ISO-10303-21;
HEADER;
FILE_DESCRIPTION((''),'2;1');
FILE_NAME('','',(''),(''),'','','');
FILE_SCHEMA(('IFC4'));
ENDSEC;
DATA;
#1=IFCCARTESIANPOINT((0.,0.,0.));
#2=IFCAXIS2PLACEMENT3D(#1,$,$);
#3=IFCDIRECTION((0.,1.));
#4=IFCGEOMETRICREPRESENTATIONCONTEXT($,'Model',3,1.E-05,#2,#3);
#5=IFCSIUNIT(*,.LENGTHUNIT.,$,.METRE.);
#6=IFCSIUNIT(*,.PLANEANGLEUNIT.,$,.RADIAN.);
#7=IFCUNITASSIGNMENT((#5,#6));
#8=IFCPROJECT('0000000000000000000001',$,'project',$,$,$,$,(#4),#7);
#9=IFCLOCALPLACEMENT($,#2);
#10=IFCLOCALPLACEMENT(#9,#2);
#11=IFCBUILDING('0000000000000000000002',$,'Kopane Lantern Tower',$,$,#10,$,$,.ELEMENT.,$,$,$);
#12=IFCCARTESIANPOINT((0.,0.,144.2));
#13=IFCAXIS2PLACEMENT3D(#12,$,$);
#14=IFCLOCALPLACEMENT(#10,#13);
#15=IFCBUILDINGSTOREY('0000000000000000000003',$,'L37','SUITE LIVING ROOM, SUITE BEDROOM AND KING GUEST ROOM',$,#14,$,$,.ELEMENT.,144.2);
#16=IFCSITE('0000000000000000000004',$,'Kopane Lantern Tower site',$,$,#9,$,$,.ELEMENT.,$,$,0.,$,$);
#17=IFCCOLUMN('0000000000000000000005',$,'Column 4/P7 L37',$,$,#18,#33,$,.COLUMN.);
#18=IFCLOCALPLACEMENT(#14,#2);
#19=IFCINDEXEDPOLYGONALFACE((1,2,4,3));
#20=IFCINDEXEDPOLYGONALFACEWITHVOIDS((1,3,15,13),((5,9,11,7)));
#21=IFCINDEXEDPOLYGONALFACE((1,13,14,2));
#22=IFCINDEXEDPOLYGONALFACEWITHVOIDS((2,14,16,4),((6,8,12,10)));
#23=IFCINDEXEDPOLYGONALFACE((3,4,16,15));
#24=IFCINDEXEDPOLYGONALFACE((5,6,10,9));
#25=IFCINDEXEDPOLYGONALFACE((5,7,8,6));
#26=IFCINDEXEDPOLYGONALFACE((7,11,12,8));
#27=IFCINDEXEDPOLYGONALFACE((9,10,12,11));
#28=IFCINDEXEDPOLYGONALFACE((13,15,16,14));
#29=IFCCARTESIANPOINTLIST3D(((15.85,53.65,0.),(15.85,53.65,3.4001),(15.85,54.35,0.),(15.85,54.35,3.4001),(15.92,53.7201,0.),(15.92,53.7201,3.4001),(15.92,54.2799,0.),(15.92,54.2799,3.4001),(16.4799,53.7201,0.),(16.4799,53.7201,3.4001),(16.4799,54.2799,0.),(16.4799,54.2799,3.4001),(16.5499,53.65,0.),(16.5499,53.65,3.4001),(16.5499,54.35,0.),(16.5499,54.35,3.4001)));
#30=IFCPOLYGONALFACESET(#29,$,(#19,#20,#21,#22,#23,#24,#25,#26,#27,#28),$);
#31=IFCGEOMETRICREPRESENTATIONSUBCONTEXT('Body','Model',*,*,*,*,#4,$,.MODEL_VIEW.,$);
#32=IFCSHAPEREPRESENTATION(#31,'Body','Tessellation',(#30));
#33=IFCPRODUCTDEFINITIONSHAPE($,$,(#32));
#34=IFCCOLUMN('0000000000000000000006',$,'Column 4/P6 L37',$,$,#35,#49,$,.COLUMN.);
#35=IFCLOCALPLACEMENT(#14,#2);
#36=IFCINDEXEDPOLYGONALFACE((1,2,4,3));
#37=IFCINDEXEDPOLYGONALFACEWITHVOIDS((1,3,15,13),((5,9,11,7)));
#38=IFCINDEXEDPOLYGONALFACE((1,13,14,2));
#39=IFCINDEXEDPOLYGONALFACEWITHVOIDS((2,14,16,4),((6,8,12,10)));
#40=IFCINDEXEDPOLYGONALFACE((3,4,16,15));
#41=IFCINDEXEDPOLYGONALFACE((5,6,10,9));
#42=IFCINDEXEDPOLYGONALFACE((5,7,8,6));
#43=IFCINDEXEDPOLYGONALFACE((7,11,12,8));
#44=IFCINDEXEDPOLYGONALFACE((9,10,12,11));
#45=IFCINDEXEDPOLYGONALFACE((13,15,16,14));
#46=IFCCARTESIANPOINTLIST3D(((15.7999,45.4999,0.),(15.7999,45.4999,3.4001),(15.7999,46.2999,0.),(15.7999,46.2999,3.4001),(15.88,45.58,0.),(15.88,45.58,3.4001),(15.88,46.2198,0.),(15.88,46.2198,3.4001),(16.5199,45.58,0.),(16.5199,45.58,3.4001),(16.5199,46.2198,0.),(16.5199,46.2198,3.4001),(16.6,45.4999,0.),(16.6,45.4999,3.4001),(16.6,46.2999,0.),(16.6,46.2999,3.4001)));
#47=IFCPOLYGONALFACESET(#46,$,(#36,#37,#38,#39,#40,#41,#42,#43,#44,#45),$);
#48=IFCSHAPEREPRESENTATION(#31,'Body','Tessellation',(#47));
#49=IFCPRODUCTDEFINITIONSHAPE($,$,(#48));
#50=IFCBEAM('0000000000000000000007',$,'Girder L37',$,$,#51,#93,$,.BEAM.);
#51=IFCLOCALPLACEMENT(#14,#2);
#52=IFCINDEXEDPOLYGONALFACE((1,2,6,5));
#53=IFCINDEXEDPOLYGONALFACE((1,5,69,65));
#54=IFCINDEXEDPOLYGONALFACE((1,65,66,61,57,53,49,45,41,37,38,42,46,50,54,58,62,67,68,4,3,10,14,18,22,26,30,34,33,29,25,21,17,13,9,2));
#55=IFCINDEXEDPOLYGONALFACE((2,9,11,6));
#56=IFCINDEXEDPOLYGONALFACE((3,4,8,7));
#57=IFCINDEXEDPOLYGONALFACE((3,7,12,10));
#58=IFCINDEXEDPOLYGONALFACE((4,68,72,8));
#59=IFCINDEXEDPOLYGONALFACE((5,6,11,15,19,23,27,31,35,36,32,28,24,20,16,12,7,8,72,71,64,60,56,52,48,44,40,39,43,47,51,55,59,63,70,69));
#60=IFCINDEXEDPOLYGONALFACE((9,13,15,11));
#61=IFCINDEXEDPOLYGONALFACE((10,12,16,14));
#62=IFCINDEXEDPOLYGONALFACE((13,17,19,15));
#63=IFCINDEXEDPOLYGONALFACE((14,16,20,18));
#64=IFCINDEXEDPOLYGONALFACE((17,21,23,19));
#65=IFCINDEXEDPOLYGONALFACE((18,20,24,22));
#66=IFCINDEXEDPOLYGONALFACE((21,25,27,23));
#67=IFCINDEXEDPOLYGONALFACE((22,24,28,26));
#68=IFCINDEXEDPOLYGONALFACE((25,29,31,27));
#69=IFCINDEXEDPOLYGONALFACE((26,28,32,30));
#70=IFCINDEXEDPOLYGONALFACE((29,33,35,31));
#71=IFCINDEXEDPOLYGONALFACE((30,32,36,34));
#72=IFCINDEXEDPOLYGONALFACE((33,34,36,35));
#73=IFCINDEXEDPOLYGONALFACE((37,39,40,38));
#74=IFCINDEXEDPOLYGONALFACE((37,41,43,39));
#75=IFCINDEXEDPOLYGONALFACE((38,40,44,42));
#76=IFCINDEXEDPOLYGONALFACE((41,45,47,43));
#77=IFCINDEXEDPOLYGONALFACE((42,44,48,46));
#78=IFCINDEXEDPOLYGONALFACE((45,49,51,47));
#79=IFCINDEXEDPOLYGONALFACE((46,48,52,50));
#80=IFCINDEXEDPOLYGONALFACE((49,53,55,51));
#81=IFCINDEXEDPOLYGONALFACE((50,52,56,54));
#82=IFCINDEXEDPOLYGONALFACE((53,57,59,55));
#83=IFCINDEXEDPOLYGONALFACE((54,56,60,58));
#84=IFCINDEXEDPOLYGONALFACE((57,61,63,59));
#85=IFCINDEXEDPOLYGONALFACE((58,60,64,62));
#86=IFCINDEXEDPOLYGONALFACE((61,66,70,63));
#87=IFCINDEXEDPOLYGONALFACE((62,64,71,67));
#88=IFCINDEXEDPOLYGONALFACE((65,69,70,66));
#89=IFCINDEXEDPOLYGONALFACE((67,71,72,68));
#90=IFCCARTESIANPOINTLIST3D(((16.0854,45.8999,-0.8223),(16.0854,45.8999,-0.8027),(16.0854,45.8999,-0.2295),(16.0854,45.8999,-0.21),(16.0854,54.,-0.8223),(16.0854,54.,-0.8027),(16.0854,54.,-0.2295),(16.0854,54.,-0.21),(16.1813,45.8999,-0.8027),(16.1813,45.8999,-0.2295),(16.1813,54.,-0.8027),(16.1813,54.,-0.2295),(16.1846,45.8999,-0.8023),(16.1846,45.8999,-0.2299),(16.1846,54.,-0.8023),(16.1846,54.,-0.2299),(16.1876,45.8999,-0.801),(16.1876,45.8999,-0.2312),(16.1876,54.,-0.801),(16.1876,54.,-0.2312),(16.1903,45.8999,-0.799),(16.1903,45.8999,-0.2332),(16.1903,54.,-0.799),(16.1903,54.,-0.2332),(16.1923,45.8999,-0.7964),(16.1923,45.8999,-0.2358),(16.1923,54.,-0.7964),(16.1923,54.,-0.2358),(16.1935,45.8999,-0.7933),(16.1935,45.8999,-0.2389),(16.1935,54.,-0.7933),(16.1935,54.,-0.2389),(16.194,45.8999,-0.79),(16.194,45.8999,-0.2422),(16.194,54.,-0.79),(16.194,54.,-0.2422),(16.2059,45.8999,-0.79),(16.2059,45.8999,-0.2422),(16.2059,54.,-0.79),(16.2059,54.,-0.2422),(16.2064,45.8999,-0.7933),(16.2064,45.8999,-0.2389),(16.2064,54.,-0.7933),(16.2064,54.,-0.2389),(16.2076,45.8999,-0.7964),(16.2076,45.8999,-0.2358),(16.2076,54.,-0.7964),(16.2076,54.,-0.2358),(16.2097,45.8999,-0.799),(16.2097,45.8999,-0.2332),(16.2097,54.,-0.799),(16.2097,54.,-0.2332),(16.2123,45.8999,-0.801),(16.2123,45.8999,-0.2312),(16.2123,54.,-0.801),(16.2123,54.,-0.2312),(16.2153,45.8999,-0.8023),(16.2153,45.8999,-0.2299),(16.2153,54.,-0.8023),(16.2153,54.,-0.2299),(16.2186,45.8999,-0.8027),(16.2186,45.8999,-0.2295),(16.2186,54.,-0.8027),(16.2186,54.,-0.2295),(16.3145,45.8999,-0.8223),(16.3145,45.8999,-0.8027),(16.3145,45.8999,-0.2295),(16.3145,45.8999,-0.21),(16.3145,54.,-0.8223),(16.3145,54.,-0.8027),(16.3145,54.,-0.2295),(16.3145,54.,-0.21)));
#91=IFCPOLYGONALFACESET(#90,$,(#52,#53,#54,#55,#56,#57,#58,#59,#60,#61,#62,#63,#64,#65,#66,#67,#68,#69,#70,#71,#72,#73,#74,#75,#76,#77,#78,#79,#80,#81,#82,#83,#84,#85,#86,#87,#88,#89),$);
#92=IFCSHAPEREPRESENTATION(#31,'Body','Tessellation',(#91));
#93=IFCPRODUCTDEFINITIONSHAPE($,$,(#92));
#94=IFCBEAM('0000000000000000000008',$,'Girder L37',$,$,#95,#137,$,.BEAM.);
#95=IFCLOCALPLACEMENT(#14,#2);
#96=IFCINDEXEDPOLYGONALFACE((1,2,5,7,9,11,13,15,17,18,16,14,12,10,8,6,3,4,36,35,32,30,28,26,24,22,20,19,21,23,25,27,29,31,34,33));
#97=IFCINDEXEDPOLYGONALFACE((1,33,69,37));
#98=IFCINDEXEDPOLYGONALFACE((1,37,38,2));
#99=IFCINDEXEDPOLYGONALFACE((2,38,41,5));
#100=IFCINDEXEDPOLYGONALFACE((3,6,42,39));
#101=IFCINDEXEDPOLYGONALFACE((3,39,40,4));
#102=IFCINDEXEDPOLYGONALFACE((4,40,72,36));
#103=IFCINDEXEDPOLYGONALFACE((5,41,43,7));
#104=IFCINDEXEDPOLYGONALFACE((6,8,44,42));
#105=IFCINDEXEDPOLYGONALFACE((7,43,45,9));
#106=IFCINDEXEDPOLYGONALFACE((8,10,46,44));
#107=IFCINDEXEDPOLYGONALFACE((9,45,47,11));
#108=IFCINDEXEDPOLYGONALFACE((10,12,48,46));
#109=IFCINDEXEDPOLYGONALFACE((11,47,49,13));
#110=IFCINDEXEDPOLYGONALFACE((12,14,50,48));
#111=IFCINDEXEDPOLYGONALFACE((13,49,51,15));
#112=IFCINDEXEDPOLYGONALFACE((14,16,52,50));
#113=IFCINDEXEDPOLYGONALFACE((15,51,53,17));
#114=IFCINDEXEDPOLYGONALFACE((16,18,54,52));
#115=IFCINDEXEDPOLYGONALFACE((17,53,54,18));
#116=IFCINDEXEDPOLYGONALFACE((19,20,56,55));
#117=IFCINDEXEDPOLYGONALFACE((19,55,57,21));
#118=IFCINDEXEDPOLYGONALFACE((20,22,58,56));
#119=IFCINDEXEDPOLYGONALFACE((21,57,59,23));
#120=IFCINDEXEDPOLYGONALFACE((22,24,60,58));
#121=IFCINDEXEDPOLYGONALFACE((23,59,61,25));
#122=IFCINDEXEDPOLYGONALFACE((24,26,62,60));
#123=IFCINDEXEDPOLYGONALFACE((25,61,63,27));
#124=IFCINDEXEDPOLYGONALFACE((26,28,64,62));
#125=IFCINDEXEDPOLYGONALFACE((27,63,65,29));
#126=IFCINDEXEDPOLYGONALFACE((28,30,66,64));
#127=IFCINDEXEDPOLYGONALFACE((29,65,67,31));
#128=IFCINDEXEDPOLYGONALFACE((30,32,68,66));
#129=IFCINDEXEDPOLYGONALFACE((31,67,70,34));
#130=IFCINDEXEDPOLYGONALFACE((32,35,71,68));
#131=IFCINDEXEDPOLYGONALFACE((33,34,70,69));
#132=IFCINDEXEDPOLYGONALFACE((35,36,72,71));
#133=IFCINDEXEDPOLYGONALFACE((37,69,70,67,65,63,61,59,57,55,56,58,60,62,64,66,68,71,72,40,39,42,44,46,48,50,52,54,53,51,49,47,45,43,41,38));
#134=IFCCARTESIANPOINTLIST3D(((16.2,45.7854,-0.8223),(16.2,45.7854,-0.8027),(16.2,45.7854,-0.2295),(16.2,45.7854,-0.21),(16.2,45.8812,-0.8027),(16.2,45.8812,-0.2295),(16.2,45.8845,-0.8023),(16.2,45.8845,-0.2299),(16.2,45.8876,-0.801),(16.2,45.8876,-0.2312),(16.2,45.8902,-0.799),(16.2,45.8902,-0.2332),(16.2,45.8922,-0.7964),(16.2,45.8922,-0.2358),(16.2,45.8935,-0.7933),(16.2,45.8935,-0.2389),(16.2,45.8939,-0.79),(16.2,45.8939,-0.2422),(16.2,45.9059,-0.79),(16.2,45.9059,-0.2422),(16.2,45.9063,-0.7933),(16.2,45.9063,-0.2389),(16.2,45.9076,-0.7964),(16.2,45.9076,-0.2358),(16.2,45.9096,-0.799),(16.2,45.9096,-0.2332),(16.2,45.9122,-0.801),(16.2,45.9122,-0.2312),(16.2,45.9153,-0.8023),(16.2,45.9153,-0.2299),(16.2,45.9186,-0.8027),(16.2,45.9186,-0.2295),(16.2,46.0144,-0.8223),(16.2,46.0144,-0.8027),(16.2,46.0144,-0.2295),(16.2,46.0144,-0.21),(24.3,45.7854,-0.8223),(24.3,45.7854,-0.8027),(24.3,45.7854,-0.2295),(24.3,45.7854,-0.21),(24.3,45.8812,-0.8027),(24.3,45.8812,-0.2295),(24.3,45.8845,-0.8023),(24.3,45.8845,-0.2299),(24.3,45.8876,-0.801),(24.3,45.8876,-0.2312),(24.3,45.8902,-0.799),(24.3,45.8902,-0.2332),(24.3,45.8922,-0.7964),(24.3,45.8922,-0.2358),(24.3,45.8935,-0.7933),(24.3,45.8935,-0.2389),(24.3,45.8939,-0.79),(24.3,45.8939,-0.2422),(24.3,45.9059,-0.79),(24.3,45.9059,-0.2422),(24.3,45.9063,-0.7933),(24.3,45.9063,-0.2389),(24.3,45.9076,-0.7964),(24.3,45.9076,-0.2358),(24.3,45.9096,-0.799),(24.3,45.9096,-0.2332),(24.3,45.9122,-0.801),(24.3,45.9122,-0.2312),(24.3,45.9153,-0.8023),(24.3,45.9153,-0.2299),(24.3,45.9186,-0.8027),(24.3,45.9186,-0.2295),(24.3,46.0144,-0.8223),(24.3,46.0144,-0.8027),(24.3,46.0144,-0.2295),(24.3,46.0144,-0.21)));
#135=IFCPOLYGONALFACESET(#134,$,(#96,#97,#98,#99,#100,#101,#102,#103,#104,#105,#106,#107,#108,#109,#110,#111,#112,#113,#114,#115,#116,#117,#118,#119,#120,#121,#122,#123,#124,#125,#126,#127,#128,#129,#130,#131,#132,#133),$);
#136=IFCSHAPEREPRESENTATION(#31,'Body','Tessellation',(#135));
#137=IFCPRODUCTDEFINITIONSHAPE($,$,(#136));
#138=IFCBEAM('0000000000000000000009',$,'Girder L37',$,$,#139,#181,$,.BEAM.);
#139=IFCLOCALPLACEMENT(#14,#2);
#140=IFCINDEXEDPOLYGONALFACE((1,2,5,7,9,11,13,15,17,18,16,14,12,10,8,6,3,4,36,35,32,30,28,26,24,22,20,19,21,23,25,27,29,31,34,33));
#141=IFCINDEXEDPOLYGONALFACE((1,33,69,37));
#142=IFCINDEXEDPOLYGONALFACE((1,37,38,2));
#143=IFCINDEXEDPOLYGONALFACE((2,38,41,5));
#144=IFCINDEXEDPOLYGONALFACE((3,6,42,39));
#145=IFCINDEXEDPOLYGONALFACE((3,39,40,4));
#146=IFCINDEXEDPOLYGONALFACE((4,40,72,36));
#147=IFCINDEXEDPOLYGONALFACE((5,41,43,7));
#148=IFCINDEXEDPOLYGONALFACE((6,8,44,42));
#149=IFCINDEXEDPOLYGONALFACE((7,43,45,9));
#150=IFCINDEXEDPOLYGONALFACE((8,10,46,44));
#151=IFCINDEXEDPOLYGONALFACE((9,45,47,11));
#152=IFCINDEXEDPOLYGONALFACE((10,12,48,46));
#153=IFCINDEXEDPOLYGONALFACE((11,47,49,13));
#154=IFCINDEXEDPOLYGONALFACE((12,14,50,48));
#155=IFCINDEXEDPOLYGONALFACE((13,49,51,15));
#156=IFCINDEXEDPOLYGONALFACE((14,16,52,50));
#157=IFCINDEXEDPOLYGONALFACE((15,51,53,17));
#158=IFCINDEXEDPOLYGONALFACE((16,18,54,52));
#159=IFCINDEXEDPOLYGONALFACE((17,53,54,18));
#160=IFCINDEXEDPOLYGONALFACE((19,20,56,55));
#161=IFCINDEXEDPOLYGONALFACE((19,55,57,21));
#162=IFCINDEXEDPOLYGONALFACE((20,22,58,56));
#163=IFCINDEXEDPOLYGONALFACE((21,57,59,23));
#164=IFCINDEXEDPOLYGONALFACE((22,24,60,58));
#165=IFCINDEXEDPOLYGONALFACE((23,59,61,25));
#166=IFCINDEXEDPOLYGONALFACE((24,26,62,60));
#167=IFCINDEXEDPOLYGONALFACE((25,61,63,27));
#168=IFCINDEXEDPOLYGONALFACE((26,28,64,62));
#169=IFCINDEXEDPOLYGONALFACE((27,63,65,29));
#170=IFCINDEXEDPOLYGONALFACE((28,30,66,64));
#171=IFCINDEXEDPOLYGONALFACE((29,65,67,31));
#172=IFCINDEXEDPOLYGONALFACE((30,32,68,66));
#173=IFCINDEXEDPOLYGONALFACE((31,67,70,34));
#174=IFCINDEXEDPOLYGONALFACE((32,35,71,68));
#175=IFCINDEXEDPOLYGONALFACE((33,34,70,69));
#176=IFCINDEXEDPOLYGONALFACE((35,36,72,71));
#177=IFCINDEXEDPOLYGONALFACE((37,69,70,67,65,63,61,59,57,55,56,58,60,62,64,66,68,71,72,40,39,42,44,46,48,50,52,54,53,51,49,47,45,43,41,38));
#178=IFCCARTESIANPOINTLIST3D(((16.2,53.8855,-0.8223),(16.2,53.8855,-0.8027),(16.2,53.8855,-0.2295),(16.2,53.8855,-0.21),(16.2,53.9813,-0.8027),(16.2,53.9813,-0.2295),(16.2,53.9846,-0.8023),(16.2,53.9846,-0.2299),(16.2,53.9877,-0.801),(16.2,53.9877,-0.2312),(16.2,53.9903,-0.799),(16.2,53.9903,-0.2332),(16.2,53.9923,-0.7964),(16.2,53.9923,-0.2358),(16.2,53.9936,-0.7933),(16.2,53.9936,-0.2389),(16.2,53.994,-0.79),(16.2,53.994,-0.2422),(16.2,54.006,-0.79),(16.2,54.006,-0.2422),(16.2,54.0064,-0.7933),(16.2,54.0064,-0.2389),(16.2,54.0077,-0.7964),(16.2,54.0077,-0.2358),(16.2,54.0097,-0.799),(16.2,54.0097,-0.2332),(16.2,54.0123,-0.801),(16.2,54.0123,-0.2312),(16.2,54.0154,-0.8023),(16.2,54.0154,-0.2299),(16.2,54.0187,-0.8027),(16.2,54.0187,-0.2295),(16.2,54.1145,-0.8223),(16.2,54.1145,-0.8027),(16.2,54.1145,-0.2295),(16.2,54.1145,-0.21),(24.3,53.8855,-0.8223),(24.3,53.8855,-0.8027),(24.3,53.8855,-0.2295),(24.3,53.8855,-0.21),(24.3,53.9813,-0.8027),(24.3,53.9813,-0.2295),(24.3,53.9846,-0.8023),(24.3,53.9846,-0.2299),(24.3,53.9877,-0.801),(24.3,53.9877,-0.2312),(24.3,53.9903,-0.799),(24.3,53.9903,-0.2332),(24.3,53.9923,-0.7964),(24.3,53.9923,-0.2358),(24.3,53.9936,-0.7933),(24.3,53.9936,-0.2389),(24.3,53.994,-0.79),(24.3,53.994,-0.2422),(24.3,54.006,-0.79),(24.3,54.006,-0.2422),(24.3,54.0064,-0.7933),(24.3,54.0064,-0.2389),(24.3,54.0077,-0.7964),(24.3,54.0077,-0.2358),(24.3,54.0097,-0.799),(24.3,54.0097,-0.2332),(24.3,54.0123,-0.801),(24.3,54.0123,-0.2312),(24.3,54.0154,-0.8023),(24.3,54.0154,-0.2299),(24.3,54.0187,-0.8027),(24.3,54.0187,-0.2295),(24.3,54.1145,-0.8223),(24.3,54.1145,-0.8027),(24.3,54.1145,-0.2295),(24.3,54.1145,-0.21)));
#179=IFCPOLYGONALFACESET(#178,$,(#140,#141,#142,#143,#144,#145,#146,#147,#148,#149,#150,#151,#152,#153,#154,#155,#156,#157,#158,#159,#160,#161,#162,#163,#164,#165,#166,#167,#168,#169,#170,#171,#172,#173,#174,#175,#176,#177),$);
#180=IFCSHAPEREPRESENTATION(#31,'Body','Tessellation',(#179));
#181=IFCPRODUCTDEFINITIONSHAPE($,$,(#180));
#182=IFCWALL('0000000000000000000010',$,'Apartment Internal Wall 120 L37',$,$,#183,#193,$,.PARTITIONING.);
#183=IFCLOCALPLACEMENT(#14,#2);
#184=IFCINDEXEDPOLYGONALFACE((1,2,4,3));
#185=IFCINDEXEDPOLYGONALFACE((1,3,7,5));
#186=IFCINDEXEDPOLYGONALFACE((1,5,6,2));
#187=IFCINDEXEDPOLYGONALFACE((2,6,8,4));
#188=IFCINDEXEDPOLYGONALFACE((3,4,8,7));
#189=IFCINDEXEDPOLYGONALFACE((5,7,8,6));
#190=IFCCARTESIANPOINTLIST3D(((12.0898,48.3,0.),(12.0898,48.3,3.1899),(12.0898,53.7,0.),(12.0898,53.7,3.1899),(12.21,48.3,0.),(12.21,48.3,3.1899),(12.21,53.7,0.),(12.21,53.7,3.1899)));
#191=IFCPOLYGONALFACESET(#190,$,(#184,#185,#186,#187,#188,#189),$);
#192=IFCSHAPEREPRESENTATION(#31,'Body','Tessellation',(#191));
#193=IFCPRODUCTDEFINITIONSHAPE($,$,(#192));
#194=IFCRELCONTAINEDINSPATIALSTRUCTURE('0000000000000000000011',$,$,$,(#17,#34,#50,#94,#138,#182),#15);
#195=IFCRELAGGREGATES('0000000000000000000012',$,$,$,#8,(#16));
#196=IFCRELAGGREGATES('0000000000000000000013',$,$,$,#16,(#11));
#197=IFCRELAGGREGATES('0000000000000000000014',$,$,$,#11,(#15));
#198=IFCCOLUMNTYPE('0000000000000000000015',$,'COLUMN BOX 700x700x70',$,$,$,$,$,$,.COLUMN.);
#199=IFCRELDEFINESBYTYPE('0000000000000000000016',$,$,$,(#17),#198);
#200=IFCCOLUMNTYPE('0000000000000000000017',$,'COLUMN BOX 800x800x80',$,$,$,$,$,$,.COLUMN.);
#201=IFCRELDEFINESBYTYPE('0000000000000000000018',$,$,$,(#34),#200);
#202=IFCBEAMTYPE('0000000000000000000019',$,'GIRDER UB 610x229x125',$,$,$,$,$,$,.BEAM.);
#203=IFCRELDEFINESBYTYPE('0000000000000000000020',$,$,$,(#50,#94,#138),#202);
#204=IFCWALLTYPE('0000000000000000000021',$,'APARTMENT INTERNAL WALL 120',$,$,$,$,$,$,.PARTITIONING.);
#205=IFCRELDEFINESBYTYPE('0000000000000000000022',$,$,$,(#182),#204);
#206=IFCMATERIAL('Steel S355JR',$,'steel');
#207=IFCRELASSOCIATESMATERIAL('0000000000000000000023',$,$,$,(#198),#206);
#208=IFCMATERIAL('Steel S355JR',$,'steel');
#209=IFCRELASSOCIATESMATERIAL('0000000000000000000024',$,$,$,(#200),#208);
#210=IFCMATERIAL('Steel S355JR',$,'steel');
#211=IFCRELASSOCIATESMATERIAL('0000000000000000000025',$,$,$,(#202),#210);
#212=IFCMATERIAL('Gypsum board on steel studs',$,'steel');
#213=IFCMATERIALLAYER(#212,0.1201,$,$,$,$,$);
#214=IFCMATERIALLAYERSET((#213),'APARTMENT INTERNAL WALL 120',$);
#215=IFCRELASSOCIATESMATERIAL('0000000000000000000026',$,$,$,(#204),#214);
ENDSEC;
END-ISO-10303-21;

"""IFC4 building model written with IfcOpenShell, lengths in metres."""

from ifc_helpers import new_model, si_unit, direction, frame, frame_2d, origin, origin_2d, place, context, subcontext, project, spatial, rectangle, hollow_rectangle, i_section, extrude, material, layer, layer_set, material_profile, profile_set, type_object, element, save


model = new_model("IFC4")

# Units and contexts
model_context = context("Model", 3, precision=1e-05, world=origin(), true_north=direction((0.0, 1.0)))
body_context = subcontext(model_context, "Body", "Model", "MODEL_VIEW")
ifc_project = project(units=[si_unit("LENGTHUNIT", "METRE"), si_unit("PLANEANGLEUNIT", "RADIAN")], contexts=[model_context])

# Site, building, storey
site_placement = place(None, origin())
site = spatial("IfcSite", under=ifc_project, at=site_placement, Name="Kopane Lantern Tower site", CompositionType="ELEMENT", RefElevation=0.0)
building_placement = place(site_placement, origin())
building = spatial("IfcBuilding", under=site, at=building_placement, Name="Kopane Lantern Tower", CompositionType="ELEMENT")
storey_placement = place(building_placement, frame((0.0, 0.0, 144.2)))
storey = spatial("IfcBuildingStorey", under=building, at=storey_placement, Name="L37", Description="SUITE LIVING ROOM, SUITE BEDROOM AND KING GUEST ROOM", CompositionType="ELEMENT", Elevation=144.2)

# Columns
ifc_material_1 = material(Name="Steel S355JR", Category="steel")
ifc_material_profile_1 = material_profile(ifc_material_1, hollow_rectangle(XDim=0.7, YDim=0.7, WallThickness=0.0701, at=origin_2d()), Name="BOX 700x700x70")
ifc_profile_set_1 = profile_set([ifc_material_profile_1], Name="Steel S355JR")
column_type_1 = type_object("IfcColumnType", Name="COLUMN BOX 700x700x70", PredefinedType="COLUMN", material=ifc_profile_set_1)
column_1_placement = place(storey_placement, frame((16.2, 54.0, 0.0), z_axis=(0.0, 0.0, 1.0), x_axis=(1.0, 0.0, 0.0)))
element("IfcColumn", 1, at=column_1_placement, inside=storey, type_object=column_type_1, Name="Column 4/P7 L37", PredefinedType="COLUMN", context=body_context, shape_type="SweptSolid", body=[
    extrude(hollow_rectangle(XDim=0.7, YDim=0.7, WallThickness=0.0701, at=origin_2d()), origin(), (0.0, 0.0, 1.0), 3.4001),
])
ifc_material_2 = material(Name="Steel S355JR", Category="steel")
ifc_material_profile_2 = material_profile(ifc_material_2, hollow_rectangle(XDim=0.8, YDim=0.8, WallThickness=0.0801, at=origin_2d()), Name="BOX 800x800x80")
ifc_profile_set_2 = profile_set([ifc_material_profile_2], Name="Steel S355JR")
column_type_2 = type_object("IfcColumnType", Name="COLUMN BOX 800x800x80", PredefinedType="COLUMN", material=ifc_profile_set_2)
column_2_placement = place(storey_placement, frame((16.2, 45.8999, 0.0), z_axis=(0.0, 0.0, 1.0), x_axis=(1.0, 0.0, 0.0)))
element("IfcColumn", 2, at=column_2_placement, inside=storey, type_object=column_type_2, Name="Column 4/P6 L37", PredefinedType="COLUMN", context=body_context, shape_type="SweptSolid", body=[
    extrude(hollow_rectangle(XDim=0.8, YDim=0.8, WallThickness=0.0801, at=origin_2d()), origin(), (0.0, 0.0, 1.0), 3.4001),
])

# Beams
ifc_material_3 = material(Name="Steel S355JR", Category="steel")
ifc_material_profile_3 = material_profile(ifc_material_3, i_section(OverallWidth=0.229, OverallDepth=0.6123, WebThickness=0.012, FlangeThickness=0.0195, FilletRadius=0.0127, at=origin_2d()), Name="UB 610x229x125")
ifc_profile_set_3 = profile_set([ifc_material_profile_3], Name="Steel S355JR")
beam_type = type_object("IfcBeamType", Name="GIRDER UB 610x229x125", PredefinedType="BEAM", material=ifc_profile_set_3)
for number, where, z_axis, x_axis, name in (
    (3, (16.2, 45.8999, -0.5161), (0.0, 1.0, 0.0), (-1.0, 0.0, 0.0), "Girder L37"),
    (4, (16.2, 45.8999, -0.5161), (1.0, 0.0, 0.0), (0.0, 1.0, 0.0), "Girder L37"),
    (5, (16.2, 54.0, -0.5161), (1.0, 0.0, 0.0), (0.0, 1.0, 0.0), "Girder L37"),
):
    element("IfcBeam", number, at=place(storey_placement, frame(where, z_axis=z_axis, x_axis=x_axis)), inside=storey, type_object=beam_type, Name=name, PredefinedType="BEAM", context=body_context, shape_type="SweptSolid", body=[
        extrude(i_section(OverallWidth=0.229, OverallDepth=0.6123, WebThickness=0.012, FlangeThickness=0.0195, FilletRadius=0.0127, at=origin_2d()), origin(), (0.0, 0.0, 1.0), 8.1001),
    ])

# Wall
ifc_material_4 = material(Name="Gypsum board on steel studs", Category="steel")
ifc_layer_1 = layer(ifc_material_4, 0.1201)
ifc_layer_set_1 = layer_set([ifc_layer_1], Name="APARTMENT INTERNAL WALL 120")
wall_type_1 = type_object("IfcWallType", Name="APARTMENT INTERNAL WALL 120", PredefinedType="PARTITIONING", material=ifc_layer_set_1)
wall_1_placement = place(storey_placement, frame((12.1499, 48.3, 0.0), z_axis=(0.0, 0.0, 1.0), x_axis=(0.0, 1.0, 0.0)))
element("IfcWall", 6, at=wall_1_placement, inside=storey, type_object=wall_type_1, Name="Apartment Internal Wall 120 L37", PredefinedType="PARTITIONING", context=body_context, shape_type="SweptSolid", body=[
    extrude(rectangle(XDim=5.3999, YDim=0.1201, at=frame_2d((2.7, 0.0))), origin(), (0.0, 0.0, 1.0), 3.1899),
])

save(model, "model.ifc")
